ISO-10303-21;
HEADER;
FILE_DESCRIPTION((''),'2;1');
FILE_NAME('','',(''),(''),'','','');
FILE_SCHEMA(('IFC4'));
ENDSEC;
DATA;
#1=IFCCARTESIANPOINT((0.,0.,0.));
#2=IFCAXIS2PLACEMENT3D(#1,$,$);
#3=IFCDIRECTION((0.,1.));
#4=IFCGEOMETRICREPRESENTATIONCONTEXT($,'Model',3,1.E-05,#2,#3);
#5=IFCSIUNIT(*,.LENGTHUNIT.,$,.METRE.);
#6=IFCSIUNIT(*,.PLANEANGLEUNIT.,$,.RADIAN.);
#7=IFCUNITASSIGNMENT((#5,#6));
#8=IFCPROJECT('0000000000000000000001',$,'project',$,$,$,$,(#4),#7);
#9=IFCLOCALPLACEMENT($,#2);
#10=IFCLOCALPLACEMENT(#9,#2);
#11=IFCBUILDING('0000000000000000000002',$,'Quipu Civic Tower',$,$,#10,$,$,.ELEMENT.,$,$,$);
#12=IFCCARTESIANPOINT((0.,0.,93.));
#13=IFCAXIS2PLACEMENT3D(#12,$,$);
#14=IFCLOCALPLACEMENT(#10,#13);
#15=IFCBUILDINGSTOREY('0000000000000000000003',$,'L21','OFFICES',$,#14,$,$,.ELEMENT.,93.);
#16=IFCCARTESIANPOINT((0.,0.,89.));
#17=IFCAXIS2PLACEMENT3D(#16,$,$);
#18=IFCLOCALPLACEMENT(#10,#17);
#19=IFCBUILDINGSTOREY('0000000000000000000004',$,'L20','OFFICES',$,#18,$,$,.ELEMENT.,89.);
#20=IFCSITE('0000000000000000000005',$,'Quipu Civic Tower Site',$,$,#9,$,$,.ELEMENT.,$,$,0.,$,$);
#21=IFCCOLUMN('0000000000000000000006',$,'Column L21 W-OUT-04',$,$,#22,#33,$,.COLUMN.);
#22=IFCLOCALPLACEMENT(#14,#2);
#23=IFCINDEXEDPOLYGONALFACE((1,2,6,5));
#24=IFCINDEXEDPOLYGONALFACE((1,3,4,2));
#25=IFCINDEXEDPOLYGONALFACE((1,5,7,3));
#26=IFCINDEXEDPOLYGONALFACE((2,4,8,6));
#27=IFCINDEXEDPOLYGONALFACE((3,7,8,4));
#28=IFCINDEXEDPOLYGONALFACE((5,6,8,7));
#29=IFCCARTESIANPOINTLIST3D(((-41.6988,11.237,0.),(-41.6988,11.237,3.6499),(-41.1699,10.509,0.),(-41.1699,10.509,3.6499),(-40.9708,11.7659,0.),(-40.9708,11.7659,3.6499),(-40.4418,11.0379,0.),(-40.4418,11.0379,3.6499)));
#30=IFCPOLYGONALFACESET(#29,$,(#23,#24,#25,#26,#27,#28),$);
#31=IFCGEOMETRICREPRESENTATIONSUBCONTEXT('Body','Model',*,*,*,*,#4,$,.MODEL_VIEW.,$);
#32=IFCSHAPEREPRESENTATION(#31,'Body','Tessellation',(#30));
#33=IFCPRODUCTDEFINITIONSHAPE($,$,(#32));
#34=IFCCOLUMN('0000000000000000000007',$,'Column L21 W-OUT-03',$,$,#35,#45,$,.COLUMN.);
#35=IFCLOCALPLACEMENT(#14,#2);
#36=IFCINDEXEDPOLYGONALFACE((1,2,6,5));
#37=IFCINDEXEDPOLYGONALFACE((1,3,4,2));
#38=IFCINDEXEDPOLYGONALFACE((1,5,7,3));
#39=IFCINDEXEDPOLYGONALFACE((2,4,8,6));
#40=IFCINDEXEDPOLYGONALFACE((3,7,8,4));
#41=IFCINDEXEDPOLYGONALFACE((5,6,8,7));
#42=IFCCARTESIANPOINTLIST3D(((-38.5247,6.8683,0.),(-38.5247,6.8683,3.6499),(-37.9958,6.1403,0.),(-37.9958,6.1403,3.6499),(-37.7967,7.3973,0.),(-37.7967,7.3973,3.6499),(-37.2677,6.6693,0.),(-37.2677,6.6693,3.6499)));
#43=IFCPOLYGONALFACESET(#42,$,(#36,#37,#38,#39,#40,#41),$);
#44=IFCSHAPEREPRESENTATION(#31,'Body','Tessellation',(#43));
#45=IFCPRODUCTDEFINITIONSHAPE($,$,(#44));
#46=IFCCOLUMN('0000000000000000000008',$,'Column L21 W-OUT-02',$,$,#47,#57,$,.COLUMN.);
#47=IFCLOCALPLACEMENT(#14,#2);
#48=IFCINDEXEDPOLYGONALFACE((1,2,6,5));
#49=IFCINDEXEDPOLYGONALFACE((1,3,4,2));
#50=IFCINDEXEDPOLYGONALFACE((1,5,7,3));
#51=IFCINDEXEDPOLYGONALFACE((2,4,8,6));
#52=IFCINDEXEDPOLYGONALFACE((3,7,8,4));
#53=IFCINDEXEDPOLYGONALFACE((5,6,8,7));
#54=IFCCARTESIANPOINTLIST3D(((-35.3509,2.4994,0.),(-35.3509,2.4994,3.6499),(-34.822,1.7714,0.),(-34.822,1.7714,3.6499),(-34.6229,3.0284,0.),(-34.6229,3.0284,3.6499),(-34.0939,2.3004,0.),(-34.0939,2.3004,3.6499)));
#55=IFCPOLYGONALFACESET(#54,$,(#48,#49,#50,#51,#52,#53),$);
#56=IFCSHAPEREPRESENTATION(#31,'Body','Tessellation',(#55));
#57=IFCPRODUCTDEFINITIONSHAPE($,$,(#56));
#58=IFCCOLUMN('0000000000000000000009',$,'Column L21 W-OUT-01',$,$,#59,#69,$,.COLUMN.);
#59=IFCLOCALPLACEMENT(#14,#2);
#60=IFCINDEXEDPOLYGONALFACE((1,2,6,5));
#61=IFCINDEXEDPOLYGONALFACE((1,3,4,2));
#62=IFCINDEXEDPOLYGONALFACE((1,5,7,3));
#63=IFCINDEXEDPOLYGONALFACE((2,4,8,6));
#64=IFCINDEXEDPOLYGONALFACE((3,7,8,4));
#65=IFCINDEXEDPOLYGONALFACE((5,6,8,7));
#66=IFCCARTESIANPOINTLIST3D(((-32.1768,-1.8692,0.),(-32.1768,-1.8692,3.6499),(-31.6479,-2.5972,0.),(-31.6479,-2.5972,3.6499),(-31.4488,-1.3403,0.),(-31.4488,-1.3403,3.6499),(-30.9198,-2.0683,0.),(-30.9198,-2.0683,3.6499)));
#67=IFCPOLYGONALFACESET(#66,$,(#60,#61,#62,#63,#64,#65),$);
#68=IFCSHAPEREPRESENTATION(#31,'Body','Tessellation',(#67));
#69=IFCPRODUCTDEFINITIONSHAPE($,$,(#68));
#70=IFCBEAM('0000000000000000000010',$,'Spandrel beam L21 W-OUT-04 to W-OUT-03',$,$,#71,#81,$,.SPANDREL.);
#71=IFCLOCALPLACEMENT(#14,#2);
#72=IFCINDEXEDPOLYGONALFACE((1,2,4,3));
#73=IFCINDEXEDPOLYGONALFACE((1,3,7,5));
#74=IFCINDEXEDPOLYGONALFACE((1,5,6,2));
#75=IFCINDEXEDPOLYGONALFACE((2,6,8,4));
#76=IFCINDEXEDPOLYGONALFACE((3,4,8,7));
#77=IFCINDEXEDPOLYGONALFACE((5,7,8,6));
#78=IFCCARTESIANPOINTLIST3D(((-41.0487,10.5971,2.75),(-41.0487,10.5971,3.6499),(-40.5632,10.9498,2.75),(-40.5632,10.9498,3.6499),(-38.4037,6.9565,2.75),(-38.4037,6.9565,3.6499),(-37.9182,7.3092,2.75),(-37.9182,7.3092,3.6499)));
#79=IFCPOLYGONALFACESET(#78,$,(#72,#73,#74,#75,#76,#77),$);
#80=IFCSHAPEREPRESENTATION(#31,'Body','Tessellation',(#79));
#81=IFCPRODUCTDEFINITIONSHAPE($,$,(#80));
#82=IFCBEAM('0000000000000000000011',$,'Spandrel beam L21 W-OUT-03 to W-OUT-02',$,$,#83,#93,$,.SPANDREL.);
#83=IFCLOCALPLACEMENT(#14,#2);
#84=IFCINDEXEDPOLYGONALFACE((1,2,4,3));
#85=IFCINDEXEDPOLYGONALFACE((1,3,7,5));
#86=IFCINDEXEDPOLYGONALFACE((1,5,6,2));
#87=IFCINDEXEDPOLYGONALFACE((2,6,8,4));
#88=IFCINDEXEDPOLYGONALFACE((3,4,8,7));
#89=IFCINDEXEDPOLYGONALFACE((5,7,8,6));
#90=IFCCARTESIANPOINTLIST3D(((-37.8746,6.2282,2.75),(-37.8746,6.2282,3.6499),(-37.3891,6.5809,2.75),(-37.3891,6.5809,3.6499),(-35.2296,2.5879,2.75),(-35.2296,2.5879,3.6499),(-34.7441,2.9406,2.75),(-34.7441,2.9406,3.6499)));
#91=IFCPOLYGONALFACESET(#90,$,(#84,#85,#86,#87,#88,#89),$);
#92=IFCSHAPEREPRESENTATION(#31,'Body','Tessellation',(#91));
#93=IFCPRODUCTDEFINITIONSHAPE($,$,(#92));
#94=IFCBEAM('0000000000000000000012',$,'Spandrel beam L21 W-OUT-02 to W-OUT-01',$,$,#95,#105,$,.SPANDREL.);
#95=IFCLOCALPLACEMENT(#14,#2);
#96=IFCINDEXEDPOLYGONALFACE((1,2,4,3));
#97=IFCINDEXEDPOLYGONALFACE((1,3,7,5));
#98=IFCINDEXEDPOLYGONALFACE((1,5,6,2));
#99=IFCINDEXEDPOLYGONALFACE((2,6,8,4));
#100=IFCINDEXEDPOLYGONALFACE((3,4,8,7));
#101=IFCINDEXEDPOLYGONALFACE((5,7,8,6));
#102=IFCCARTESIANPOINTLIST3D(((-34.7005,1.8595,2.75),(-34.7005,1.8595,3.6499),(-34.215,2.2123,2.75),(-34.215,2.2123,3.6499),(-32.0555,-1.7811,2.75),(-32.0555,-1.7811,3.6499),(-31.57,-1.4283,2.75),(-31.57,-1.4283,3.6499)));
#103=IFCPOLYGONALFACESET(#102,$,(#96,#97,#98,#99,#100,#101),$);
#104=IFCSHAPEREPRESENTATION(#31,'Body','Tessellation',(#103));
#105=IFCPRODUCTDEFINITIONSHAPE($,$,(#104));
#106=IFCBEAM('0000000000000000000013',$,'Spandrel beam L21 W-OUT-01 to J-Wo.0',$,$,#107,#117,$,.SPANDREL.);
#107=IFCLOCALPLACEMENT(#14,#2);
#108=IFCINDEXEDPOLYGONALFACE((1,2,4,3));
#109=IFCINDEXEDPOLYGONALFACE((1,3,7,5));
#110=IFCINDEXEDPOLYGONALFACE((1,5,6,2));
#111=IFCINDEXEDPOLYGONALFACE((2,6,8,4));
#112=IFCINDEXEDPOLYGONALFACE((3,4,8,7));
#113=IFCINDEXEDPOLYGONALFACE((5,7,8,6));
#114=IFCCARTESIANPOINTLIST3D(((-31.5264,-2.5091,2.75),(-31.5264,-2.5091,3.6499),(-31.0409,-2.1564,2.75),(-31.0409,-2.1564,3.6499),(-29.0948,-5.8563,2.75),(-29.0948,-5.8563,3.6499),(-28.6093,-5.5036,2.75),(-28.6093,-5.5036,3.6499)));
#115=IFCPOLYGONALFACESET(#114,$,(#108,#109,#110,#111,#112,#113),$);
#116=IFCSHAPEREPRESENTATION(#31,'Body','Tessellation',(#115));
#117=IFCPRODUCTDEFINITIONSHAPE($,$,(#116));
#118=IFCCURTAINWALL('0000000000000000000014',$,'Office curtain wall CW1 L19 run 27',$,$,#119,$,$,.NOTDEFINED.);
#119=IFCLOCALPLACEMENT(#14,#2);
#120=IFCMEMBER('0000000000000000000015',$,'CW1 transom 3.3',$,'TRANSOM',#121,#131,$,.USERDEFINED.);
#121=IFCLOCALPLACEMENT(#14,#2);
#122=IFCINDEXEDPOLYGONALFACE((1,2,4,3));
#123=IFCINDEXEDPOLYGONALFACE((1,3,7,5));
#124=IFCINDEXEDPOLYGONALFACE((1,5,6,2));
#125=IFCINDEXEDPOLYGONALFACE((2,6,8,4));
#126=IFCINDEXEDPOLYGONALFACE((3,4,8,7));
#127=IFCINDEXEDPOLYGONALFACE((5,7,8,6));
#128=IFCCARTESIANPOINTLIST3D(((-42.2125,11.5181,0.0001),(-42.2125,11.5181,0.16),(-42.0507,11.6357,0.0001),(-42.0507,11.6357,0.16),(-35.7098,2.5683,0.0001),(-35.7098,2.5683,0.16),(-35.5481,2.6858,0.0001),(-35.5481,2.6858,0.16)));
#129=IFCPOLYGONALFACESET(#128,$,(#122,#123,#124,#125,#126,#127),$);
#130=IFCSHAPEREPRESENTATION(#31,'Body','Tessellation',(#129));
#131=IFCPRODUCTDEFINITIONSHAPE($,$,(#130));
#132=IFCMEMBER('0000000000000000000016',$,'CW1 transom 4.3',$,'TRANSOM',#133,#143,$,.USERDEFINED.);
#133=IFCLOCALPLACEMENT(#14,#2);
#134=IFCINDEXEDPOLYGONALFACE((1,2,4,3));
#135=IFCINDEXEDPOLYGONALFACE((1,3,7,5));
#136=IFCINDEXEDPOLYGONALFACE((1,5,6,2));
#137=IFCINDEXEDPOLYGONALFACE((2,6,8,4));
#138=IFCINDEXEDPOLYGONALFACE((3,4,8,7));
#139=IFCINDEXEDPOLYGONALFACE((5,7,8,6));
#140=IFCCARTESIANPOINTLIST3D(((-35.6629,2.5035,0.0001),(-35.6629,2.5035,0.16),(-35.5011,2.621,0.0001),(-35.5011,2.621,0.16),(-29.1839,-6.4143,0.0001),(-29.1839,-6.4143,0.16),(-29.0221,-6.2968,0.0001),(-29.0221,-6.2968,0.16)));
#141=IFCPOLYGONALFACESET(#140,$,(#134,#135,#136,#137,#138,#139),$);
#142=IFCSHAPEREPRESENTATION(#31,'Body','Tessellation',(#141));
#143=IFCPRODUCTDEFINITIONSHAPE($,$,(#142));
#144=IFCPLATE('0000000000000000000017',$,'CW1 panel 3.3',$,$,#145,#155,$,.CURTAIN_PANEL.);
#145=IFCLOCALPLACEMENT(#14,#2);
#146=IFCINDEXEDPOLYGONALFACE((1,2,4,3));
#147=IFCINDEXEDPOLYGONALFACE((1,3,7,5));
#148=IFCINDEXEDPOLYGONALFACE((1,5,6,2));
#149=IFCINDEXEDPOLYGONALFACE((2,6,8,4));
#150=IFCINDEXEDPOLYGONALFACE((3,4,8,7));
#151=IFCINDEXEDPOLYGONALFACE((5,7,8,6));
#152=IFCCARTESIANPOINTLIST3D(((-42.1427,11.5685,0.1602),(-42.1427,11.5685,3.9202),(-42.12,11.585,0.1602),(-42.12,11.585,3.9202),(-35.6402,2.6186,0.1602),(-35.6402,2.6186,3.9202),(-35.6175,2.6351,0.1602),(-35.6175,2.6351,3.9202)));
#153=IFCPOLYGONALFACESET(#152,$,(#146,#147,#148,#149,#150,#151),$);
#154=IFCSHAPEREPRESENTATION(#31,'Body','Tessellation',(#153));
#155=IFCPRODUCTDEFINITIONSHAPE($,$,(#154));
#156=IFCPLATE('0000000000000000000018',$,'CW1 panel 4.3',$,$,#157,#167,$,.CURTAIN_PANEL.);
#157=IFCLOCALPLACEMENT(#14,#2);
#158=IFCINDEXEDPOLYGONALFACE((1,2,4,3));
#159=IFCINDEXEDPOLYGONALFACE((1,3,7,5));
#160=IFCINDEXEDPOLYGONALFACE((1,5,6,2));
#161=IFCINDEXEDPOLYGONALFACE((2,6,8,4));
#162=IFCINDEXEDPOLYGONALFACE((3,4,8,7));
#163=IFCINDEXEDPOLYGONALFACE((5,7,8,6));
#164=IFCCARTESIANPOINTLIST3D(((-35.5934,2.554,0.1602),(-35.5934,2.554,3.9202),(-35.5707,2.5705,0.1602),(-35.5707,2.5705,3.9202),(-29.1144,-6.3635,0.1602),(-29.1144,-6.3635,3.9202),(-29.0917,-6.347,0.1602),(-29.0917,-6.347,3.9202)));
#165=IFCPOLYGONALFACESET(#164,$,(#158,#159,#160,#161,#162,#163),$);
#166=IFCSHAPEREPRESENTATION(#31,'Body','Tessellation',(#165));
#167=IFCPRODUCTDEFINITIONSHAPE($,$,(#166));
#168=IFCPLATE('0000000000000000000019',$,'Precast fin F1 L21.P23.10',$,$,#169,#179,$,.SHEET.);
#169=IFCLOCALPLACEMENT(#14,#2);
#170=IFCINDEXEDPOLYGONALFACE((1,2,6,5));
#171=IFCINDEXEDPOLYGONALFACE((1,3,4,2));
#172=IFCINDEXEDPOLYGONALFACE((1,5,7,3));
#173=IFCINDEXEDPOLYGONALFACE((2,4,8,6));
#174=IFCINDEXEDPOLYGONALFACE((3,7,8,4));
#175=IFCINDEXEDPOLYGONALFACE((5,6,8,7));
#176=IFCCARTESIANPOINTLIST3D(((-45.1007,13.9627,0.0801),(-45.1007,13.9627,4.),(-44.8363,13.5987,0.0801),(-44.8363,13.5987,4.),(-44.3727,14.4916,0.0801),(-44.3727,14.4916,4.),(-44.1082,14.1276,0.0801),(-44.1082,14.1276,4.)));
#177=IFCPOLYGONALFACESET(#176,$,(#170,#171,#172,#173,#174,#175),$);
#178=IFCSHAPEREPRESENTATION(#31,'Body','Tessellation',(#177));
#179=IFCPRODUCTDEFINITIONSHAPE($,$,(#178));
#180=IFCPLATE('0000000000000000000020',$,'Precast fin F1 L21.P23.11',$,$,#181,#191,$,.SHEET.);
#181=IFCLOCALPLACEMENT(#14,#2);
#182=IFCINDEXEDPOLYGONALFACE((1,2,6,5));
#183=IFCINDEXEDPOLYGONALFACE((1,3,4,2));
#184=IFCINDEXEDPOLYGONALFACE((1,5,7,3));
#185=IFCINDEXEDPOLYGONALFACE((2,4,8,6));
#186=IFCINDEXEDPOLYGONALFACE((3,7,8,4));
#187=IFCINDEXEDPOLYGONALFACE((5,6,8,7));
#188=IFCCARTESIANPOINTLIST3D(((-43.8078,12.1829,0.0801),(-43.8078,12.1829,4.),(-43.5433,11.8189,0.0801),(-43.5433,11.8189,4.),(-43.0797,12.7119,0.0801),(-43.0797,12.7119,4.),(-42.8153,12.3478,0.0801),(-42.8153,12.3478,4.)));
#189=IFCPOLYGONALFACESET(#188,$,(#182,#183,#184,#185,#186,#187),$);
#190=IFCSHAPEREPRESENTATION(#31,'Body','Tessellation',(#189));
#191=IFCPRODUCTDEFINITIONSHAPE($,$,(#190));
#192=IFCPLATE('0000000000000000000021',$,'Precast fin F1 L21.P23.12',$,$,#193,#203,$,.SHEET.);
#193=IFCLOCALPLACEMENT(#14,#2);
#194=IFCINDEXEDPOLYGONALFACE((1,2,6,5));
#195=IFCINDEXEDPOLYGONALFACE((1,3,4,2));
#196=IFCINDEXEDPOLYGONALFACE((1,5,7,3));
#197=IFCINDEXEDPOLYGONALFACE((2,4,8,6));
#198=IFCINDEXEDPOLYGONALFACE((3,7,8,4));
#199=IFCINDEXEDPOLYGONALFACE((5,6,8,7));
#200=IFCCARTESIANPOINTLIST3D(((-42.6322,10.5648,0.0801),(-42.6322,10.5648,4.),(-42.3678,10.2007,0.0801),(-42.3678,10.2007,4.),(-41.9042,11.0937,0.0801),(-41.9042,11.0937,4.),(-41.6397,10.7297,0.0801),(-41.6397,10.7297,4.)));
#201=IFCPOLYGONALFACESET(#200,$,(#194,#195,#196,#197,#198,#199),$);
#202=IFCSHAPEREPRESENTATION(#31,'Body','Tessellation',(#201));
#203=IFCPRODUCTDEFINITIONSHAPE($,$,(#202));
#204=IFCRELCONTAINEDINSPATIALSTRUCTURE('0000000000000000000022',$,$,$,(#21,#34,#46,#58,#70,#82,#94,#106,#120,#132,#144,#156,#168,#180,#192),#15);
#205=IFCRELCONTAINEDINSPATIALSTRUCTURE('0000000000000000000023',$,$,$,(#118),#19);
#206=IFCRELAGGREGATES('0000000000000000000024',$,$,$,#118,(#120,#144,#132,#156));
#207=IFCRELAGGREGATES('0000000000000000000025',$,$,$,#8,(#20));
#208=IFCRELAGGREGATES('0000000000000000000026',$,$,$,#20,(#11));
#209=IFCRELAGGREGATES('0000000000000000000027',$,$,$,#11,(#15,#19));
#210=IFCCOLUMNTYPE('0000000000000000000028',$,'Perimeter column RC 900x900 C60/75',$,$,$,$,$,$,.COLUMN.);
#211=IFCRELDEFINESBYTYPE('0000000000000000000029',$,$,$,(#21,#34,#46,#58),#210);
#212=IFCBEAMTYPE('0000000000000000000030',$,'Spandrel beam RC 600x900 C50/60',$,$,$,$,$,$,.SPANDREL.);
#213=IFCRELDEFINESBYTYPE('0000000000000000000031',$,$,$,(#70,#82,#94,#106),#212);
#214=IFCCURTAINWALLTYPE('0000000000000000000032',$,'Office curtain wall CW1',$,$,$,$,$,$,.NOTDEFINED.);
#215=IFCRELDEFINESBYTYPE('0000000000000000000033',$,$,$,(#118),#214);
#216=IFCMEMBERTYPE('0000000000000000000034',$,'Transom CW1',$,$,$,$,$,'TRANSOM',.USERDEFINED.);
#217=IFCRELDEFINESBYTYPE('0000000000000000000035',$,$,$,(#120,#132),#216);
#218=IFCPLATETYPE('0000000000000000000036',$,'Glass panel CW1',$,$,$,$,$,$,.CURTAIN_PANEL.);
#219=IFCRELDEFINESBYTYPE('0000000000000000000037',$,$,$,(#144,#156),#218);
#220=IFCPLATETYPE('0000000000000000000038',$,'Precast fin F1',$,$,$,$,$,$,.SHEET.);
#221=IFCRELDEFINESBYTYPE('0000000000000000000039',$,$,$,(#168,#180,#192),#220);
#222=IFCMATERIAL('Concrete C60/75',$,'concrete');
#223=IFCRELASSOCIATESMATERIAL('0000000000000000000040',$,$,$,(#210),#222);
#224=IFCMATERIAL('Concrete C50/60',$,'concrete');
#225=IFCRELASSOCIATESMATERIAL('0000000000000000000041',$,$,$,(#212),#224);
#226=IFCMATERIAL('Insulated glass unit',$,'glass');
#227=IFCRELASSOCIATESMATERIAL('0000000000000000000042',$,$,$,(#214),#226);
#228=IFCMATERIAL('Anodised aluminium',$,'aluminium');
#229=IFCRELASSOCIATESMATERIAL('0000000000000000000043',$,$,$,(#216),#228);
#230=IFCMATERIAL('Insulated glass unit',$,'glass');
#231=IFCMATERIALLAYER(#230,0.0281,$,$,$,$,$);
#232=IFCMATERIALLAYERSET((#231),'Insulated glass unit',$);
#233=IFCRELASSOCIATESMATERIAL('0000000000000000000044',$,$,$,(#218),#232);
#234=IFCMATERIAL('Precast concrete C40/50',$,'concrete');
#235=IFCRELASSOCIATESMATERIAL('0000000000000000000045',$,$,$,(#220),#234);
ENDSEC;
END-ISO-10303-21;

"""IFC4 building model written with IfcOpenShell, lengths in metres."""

from ifc_helpers import new_model, si_unit, direction, frame, origin, origin_2d, place, context, subcontext, project, spatial, rectangle, extrude, material, layer, layer_set, material_profile, profile_set, type_object, element, aggregate, save


model = new_model("IFC4")

# Units and contexts
model_context = context("Model", 3, precision=1e-05, world=origin(), true_north=direction((0.0, 1.0)))
body_context = subcontext(model_context, "Body", "Model", "MODEL_VIEW")
ifc_project = project(units=[si_unit("LENGTHUNIT", "METRE"), si_unit("PLANEANGLEUNIT", "RADIAN")], contexts=[model_context])

# Site, building, storey
site_placement = place(None, origin())
site = spatial("IfcSite", under=ifc_project, at=site_placement, Name="Quipu Civic Tower Site", CompositionType="ELEMENT", RefElevation=0.0)
building_placement = place(site_placement, origin())
building = spatial("IfcBuilding", under=site, at=building_placement, Name="Quipu Civic Tower", CompositionType="ELEMENT")
storey_1_placement = place(building_placement, frame((0.0, 0.0, 93.0)))
storey_1 = spatial("IfcBuildingStorey", under=building, at=storey_1_placement, Name="L21", Description="OFFICES", CompositionType="ELEMENT", Elevation=93.0)

# Columns
ifc_material_1 = material(Name="Concrete C60/75", Category="concrete")
ifc_material_profile_1 = material_profile(ifc_material_1, rectangle(XDim=0.8999, YDim=0.8999, at=origin_2d()), Name="RC900x900")
ifc_profile_set_1 = profile_set([ifc_material_profile_1], Name="Concrete C60/75")
column_type = type_object("IfcColumnType", Name="Perimeter column RC 900x900 C60/75", PredefinedType="COLUMN", material=ifc_profile_set_1)
for number, where, z_axis, x_axis, name in (
    (1, (-41.0703, 11.1375, 0.0), (0.0, 0.0, 1.0), (0.587785, -0.809017, 0.0), "Column L21 W-OUT-04"),
    (2, (-37.8962, 6.7688, 0.0), (0.0, 0.0, 1.0), (0.587785, -0.809017, 0.0), "Column L21 W-OUT-03"),
    (3, (-34.7224, 2.3999, 0.0), (0.0, 0.0, 1.0), (0.587785, -0.809017, 0.0), "Column L21 W-OUT-02"),
    (4, (-31.5483, -1.9688, 0.0), (0.0, 0.0, 1.0), (0.587785, -0.809017, 0.0), "Column L21 W-OUT-01"),
):
    element("IfcColumn", number, at=place(storey_1_placement, frame(where, z_axis=z_axis, x_axis=x_axis)), inside=storey_1, type_object=column_type, Name=name, PredefinedType="COLUMN", context=body_context, shape_type="SweptSolid", body=[
        extrude(rectangle(XDim=0.8999, YDim=0.8999, at=origin_2d()), origin(), (0.0, 0.0, 1.0), 3.6499),
    ])

# Beams
ifc_material_2 = material(Name="Concrete C50/60", Category="concrete")
ifc_material_profile_2 = material_profile(ifc_material_2, rectangle(XDim=0.6001, YDim=0.8999, at=origin_2d()), Name="RC600x900")
ifc_profile_set_2 = profile_set([ifc_material_profile_2], Name="Concrete C50/60")
beam_type = type_object("IfcBeamType", Name="Spandrel beam RC 600x900 C50/60", PredefinedType="SPANDREL", material=ifc_profile_set_2)
beam_1_placement = place(storey_1_placement, frame((-40.8059, 10.7734, 3.2), z_axis=(0.587778, -0.809022, 0.0), x_axis=(0.809022, 0.587778, 0.0)))
element("IfcBeam", 5, at=beam_1_placement, inside=storey_1, type_object=beam_type, Name="Spandrel beam L21 W-OUT-04 to W-OUT-03", PredefinedType="SPANDREL", context=body_context, shape_type="SweptSolid", body=[
    extrude(rectangle(XDim=0.6001, YDim=0.8999, at=origin_2d()), origin(), (0.0, 0.0, 1.0), 4.5),
])
beam_2_placement = place(storey_1_placement, frame((-37.6318, 6.4045, 3.2), z_axis=(0.587804, -0.809003, 0.0), x_axis=(0.809003, 0.587804, 0.0)))
element("IfcBeam", 6, at=beam_2_placement, inside=storey_1, type_object=beam_type, Name="Spandrel beam L21 W-OUT-03 to W-OUT-02", PredefinedType="SPANDREL", context=body_context, shape_type="SweptSolid", body=[
    extrude(rectangle(XDim=0.6001, YDim=0.8999, at=origin_2d()), origin(), (0.0, 0.0, 1.0), 4.4998),
])
beam_3_placement = place(storey_1_placement, frame((-34.4578, 2.0359, 3.2), z_axis=(0.587778, -0.809022, 0.0), x_axis=(0.809022, 0.587778, 0.0)))
element("IfcBeam", 7, at=beam_3_placement, inside=storey_1, type_object=beam_type, Name="Spandrel beam L21 W-OUT-02 to W-OUT-01", PredefinedType="SPANDREL", context=body_context, shape_type="SweptSolid", body=[
    extrude(rectangle(XDim=0.6001, YDim=0.8999, at=origin_2d()), origin(), (0.0, 0.0, 1.0), 4.5),
])
beam_4_placement = place(storey_1_placement, frame((-31.2837, -2.3328, 3.2), z_axis=(0.587751, -0.809042, 0.0), x_axis=(0.809042, 0.587751, 0.0)))
element("IfcBeam", 8, at=beam_4_placement, inside=storey_1, type_object=beam_type, Name="Spandrel beam L21 W-OUT-01 to J-Wo.0", PredefinedType="SPANDREL", context=body_context, shape_type="SweptSolid", body=[
    extrude(rectangle(XDim=0.6001, YDim=0.8999, at=origin_2d()), origin(), (0.0, 0.0, 1.0), 4.1372),
])

# Shared definitions
storey_2_placement = place(building_placement, frame((0.0, 0.0, 89.0)))
storey_2 = spatial("IfcBuildingStorey", under=building, at=storey_2_placement, Name="L20", Description="OFFICES", CompositionType="ELEMENT", Elevation=89.0)

# Curtain wall, members, plates
ifc_material_3 = material(Name="Insulated glass unit", Category="glass")
curtain_wall_type = type_object("IfcCurtainWallType", Name="Office curtain wall CW1", PredefinedType="NOTDEFINED", material=ifc_material_3)
curtain_wall_placement = place(storey_2_placement, origin())
curtain_wall = element("IfcCurtainWall", 9, at=curtain_wall_placement, inside=storey_2, type_object=curtain_wall_type, Name="Office curtain wall CW1 L19 run 27", PredefinedType="NOTDEFINED")
ifc_material_4 = material(Name="Anodised aluminium", Category="aluminium")
ifc_material_profile_3 = material_profile(ifc_material_4, rectangle(XDim=0.2, YDim=0.1599, at=origin_2d()), Name="RECT 200x160")
ifc_profile_set_3 = profile_set([ifc_material_profile_3], Name="Anodised aluminium")
member_type = type_object("IfcMemberType", Name="Transom CW1", ElementType="TRANSOM", PredefinedType="USERDEFINED", material=ifc_profile_set_3)
member_1_placement = place(storey_1_placement, frame((-42.1316, 11.5769, 0.0801), z_axis=(0.587795, -0.80901, 0.0), x_axis=(0.80901, 0.587795, 0.0)))
member_1 = element("IfcMember", 10, at=member_1_placement, inside=storey_1, type_object=member_type, Name="CW1 transom 3.3", ObjectType="TRANSOM", PredefinedType="USERDEFINED", context=body_context, shape_type="SweptSolid", body=[
    extrude(rectangle(XDim=0.2, YDim=0.1599, at=origin_2d()), origin(), (0.0, 0.0, 1.0), 11.0627),
])
member_2_placement = place(storey_1_placement, frame((-35.582, 2.5623, 0.0801), z_axis=(0.587779, -0.809021, 0.0), x_axis=(0.809021, 0.587779, 0.0)))
member_2 = element("IfcMember", 11, at=member_2_placement, inside=storey_1, type_object=member_type, Name="CW1 transom 4.3", ObjectType="TRANSOM", PredefinedType="USERDEFINED", context=body_context, shape_type="SweptSolid", body=[
    extrude(rectangle(XDim=0.2, YDim=0.1599, at=origin_2d()), origin(), (0.0, 0.0, 1.0), 11.0229),
])
ifc_material_5 = material(Name="Insulated glass unit", Category="glass")
ifc_layer_1 = layer(ifc_material_5, 0.0281)
ifc_layer_set_1 = layer_set([ifc_layer_1], Name="Insulated glass unit")
plate_type_1 = type_object("IfcPlateType", Name="Glass panel CW1", PredefinedType="CURTAIN_PANEL", material=ifc_layer_set_1)
plate_1_placement = place(storey_1_placement, frame((-38.8801, 7.1018, 0.1602), z_axis=(0.0, 0.0, 1.0), x_axis=(0.587786, -0.809017, 0.0)))
plate_1 = element("IfcPlate", 12, at=plate_1_placement, inside=storey_1, type_object=plate_type_1, Name="CW1 panel 3.3", PredefinedType="CURTAIN_PANEL", context=body_context, shape_type="SweptSolid", body=[
    extrude(rectangle(XDim=11.0627, YDim=0.0281, at=origin_2d()), origin(), (0.0, 0.0, 1.0), 3.76),
])
plate_2_placement = place(storey_1_placement, frame((-32.3425, -1.8965, 0.1602), z_axis=(0.0, 0.0, 1.0), x_axis=(0.587786, -0.809017, 0.0)))
plate_2 = element("IfcPlate", 13, at=plate_2_placement, inside=storey_1, type_object=plate_type_1, Name="CW1 panel 4.3", PredefinedType="CURTAIN_PANEL", context=body_context, shape_type="SweptSolid", body=[
    extrude(rectangle(XDim=11.0227, YDim=0.0281, at=origin_2d()), origin(), (0.0, 0.0, 1.0), 3.76),
])
aggregate(curtain_wall, [member_1, plate_1, member_2, plate_2])

# Plates
ifc_material_6 = material(Name="Precast concrete C40/50", Category="concrete")
plate_type_2 = type_object("IfcPlateType", Name="Precast fin F1", PredefinedType="SHEET", material=ifc_material_6)
for number, where, z_axis, x_axis, name in (
    (14, (-44.6045, 14.0452, 0.0801), (0.0, 0.0, 1.0), (0.587786, -0.809017, 0.0), "Precast fin F1 L21.P23.10"),
    (15, (-43.3115, 12.2654, 0.0801), (0.0, 0.0, 1.0), (0.587786, -0.809017, 0.0), "Precast fin F1 L21.P23.11"),
    (16, (-42.136, 10.6472, 0.0801), (0.0, 0.0, 1.0), (0.587786, -0.809017, 0.0), "Precast fin F1 L21.P23.12"),
):
    element("IfcPlate", number, at=place(storey_1_placement, frame(where, z_axis=z_axis, x_axis=x_axis)), inside=storey_1, type_object=plate_type_2, Name=name, PredefinedType="SHEET", context=body_context, shape_type="SweptSolid", body=[
        extrude(rectangle(XDim=0.45, YDim=0.8999, at=origin_2d()), origin(), (0.0, 0.0, 1.0), 3.9199),
    ])

save(model, "model.ifc")
